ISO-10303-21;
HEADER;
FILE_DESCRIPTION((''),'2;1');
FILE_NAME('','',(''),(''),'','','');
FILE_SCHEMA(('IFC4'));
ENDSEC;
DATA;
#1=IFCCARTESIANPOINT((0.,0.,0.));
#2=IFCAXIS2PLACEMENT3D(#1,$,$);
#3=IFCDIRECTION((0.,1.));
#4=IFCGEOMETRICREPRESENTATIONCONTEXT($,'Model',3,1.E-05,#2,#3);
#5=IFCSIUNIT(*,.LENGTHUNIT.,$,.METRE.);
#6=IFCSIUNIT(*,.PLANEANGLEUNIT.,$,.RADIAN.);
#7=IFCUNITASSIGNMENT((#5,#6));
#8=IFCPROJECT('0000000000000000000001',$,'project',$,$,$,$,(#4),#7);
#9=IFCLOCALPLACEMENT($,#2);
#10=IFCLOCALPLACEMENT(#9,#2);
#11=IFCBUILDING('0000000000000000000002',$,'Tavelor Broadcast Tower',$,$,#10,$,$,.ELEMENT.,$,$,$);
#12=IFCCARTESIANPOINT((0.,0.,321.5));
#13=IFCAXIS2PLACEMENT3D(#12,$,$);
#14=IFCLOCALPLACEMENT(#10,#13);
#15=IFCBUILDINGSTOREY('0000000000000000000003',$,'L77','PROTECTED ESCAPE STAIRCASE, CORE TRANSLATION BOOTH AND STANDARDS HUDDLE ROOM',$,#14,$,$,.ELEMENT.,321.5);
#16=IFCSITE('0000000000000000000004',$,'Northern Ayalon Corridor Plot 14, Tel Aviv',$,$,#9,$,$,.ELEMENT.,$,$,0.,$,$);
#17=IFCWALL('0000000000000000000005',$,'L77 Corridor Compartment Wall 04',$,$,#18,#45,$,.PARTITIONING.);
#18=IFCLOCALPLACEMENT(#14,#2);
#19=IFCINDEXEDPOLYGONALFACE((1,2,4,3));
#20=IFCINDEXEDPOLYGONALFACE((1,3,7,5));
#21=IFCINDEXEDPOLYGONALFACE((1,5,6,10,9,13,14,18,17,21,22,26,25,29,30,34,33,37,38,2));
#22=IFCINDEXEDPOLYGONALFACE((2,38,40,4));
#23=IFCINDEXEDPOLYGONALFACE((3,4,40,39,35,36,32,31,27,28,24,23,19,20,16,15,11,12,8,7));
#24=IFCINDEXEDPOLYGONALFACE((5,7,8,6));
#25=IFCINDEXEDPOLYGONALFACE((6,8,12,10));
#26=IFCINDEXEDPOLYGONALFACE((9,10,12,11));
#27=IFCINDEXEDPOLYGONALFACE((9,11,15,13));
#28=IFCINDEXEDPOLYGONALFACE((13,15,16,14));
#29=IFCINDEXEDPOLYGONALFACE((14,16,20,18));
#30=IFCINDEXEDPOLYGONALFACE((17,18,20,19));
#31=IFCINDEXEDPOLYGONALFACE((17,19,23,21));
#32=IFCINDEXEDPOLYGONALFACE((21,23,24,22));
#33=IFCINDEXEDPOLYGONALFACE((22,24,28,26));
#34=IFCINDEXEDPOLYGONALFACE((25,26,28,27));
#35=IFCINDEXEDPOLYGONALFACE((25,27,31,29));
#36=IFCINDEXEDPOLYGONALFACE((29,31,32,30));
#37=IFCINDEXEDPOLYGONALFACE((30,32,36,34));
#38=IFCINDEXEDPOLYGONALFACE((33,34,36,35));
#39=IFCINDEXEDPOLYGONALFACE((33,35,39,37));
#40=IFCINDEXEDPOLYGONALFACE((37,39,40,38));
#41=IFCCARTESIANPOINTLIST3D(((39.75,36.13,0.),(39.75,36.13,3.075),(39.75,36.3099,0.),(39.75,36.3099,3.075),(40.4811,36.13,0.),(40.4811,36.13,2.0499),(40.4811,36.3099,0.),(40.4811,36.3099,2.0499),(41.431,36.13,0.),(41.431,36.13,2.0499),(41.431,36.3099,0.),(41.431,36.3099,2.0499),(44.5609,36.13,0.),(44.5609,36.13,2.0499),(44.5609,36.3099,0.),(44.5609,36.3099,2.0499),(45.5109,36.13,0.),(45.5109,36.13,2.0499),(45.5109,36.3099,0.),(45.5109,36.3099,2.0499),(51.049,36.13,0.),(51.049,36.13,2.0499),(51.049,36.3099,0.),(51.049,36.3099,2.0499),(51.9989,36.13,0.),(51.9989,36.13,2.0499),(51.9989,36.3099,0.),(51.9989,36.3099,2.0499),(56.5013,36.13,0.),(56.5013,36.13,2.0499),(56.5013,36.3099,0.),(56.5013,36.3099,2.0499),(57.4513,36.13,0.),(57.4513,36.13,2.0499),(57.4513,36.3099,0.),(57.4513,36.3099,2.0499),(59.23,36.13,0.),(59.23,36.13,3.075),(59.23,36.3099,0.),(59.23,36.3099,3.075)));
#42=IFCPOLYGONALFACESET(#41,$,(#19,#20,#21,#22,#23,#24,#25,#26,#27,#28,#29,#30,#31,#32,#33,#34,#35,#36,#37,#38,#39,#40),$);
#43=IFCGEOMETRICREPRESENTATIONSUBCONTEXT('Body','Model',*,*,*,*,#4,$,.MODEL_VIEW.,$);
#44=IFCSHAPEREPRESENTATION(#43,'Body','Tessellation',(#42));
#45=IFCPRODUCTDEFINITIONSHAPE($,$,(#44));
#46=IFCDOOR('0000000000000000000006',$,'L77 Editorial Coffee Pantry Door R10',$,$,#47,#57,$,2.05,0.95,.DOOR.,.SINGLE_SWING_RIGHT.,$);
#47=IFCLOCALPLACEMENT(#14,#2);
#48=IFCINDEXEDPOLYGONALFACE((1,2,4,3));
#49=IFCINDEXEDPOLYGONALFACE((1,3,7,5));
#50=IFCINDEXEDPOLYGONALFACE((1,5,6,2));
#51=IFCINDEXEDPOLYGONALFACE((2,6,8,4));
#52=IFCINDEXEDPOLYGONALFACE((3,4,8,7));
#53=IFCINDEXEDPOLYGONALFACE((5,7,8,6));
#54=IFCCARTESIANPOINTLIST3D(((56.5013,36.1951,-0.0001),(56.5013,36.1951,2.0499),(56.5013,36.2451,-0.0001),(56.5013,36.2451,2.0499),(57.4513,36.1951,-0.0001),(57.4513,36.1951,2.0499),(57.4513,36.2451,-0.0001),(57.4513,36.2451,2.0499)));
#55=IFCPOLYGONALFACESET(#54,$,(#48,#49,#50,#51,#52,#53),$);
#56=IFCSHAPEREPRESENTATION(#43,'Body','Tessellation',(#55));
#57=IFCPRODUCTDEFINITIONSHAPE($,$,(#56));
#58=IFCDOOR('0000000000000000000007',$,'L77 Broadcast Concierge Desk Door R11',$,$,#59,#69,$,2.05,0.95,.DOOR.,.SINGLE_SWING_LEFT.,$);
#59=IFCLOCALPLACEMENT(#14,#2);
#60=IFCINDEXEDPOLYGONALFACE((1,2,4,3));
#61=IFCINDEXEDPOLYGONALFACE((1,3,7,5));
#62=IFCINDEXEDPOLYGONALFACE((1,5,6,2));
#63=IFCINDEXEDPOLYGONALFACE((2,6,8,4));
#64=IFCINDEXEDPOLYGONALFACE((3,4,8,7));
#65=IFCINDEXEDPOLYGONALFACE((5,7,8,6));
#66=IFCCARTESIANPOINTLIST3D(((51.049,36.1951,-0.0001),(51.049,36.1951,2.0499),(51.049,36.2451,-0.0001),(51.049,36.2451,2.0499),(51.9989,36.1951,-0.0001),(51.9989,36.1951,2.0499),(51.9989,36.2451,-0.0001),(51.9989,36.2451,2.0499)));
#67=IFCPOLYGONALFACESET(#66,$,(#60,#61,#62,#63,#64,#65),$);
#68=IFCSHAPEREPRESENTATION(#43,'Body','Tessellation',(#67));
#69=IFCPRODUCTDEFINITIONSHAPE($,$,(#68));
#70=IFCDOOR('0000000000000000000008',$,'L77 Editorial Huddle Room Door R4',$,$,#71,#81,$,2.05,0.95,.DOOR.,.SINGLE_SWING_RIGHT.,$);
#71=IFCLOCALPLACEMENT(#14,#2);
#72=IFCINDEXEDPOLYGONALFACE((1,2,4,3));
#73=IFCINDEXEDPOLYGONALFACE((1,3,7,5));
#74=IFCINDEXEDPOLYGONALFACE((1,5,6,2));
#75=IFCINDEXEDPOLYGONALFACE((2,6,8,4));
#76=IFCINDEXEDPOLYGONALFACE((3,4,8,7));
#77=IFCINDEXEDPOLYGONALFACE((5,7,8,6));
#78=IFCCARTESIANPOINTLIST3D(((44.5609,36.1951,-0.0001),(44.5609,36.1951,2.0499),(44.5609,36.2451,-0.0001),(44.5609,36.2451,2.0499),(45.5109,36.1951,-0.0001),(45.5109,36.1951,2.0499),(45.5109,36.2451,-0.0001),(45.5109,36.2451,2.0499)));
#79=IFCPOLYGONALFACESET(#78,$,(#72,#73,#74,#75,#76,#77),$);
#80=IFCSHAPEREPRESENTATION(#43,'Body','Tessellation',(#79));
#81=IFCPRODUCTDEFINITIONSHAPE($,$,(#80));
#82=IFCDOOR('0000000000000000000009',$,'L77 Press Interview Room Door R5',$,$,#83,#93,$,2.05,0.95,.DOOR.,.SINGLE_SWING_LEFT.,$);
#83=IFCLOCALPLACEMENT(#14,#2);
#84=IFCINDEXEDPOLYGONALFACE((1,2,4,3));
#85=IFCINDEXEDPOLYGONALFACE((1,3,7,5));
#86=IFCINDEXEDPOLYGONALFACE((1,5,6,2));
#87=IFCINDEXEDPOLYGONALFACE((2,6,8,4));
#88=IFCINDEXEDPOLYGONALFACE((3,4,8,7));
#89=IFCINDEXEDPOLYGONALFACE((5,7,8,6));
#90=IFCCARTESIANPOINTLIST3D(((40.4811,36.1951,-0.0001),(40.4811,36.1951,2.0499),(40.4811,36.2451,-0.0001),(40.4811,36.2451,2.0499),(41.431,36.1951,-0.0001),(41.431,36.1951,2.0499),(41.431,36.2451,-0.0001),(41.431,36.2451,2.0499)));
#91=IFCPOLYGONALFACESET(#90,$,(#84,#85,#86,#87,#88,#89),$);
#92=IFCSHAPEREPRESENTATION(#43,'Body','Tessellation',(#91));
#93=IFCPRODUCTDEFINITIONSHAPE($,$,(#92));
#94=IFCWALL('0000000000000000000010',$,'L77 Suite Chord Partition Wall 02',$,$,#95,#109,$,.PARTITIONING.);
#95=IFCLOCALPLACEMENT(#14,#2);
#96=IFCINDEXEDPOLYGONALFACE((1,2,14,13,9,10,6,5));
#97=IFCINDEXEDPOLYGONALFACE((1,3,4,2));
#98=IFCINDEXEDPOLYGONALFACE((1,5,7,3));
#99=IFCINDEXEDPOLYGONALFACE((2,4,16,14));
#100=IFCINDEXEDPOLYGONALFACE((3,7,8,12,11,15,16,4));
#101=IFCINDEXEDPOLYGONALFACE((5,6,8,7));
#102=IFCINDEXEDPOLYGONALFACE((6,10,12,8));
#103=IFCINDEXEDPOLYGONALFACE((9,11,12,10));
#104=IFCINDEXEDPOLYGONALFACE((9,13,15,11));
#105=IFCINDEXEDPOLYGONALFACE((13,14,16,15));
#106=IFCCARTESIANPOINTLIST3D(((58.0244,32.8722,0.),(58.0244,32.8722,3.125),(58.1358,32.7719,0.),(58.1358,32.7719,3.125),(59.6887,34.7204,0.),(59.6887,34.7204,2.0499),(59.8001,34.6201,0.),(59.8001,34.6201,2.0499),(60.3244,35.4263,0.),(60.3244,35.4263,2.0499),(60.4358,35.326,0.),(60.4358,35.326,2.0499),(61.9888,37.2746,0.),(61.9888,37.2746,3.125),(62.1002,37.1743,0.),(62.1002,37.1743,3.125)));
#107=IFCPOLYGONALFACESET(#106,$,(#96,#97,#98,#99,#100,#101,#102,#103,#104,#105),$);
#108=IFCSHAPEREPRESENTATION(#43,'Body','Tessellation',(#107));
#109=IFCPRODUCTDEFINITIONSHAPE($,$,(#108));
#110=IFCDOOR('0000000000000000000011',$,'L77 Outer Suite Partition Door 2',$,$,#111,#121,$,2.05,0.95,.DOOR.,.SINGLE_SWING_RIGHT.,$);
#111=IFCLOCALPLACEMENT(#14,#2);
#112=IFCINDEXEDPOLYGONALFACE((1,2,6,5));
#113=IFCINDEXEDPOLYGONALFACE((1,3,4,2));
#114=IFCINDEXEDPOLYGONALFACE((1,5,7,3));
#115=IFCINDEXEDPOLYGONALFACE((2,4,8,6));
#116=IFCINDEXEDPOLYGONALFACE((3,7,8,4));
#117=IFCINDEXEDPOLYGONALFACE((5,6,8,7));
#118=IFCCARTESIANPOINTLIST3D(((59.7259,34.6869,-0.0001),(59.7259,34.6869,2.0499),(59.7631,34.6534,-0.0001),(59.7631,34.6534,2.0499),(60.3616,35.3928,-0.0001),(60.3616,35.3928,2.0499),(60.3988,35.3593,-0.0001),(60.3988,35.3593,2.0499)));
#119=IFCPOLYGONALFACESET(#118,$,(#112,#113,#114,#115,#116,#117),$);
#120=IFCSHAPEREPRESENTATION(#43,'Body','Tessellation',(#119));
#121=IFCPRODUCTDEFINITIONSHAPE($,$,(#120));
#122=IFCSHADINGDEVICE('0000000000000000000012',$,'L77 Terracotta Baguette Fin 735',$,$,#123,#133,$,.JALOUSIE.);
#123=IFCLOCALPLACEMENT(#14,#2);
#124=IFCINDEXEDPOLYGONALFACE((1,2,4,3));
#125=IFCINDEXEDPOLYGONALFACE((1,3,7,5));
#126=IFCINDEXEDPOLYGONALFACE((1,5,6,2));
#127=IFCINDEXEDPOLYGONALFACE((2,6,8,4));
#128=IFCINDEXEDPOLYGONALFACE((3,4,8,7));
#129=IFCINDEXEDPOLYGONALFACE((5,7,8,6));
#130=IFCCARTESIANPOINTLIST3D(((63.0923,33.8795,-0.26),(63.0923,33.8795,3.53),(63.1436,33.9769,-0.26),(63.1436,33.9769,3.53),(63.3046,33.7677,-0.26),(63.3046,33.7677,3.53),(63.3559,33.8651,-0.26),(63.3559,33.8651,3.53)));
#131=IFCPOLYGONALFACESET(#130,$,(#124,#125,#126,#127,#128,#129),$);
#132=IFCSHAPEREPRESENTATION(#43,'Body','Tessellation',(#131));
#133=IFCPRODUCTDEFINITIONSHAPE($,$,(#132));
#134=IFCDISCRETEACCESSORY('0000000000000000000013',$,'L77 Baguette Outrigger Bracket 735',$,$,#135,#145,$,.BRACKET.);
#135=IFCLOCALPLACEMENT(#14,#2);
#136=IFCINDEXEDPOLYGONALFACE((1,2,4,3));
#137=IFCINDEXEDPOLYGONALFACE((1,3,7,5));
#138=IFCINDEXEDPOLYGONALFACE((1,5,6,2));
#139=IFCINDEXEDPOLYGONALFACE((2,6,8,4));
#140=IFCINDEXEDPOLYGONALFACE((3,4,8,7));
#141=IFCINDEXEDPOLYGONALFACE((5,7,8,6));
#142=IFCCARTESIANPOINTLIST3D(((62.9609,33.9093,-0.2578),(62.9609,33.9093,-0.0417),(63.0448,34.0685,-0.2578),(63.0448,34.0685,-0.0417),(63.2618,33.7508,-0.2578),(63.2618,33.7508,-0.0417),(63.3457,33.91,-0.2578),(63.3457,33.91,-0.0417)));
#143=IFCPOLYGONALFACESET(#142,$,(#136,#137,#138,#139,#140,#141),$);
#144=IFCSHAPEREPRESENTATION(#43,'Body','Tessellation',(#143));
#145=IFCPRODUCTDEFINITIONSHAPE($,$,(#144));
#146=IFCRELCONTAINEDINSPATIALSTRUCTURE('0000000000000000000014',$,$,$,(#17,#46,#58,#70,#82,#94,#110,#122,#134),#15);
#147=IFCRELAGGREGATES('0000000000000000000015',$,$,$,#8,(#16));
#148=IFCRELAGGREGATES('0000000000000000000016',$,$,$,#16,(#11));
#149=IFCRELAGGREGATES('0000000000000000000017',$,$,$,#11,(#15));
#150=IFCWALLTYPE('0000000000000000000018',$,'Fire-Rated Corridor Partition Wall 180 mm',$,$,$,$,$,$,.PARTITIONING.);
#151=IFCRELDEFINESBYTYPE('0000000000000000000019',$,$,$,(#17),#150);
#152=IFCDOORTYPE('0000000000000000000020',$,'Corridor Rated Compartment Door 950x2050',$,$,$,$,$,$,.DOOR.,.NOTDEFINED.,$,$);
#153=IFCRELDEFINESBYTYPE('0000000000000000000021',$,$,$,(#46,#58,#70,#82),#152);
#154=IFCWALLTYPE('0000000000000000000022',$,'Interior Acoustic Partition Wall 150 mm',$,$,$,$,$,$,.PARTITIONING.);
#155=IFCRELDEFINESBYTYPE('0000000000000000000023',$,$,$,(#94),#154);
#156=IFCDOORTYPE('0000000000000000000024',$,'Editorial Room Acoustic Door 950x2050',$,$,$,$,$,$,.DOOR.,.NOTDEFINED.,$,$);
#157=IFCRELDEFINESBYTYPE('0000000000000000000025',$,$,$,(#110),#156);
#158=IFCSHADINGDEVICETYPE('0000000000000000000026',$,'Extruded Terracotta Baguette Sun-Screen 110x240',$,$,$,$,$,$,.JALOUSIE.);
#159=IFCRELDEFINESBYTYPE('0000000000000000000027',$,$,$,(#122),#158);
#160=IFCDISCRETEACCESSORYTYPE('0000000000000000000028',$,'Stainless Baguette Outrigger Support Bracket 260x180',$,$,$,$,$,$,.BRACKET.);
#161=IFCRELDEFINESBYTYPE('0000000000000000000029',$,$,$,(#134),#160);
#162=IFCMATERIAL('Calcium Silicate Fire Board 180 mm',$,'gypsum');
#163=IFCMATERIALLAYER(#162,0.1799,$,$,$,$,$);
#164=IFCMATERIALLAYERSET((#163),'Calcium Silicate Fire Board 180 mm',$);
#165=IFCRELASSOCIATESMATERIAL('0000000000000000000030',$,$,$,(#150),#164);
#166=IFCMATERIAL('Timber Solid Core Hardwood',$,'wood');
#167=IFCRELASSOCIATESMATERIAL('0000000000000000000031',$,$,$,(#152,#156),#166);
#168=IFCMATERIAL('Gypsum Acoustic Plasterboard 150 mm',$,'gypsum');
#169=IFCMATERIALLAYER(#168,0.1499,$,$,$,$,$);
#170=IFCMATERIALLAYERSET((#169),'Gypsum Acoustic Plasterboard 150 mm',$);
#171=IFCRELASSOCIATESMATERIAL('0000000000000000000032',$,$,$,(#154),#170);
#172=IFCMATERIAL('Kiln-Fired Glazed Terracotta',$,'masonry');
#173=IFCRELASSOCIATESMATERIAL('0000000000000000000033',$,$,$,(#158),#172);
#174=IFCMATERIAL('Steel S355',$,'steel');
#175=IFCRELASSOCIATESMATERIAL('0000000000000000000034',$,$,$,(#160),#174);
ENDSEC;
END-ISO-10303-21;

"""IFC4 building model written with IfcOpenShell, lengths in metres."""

from ifc_helpers import new_model, si_unit, direction, frame, frame_2d, origin, origin_2d, place, context, subcontext, project, spatial, rectangle, extrude, source, transform, mapped, material, layer, layer_set, type_object, type_shapes, element, fill, save


model = new_model("IFC4")

# Units and contexts
model_context = context("Model", 3, precision=1e-05, world=origin(), true_north=direction((0.0, 1.0)))
body_context = subcontext(model_context, "Body", "Model", "MODEL_VIEW")
ifc_project = project(units=[si_unit("LENGTHUNIT", "METRE"), si_unit("PLANEANGLEUNIT", "RADIAN")], contexts=[model_context])

# Site, building, storey
site_placement = place(None, origin())
site = spatial("IfcSite", under=ifc_project, at=site_placement, Name="Northern Ayalon Corridor Plot 14, Tel Aviv", CompositionType="ELEMENT", RefElevation=0.0)
building_placement = place(site_placement, origin())
building = spatial("IfcBuilding", under=site, at=building_placement, Name="Tavelor Broadcast Tower", CompositionType="ELEMENT")
storey_placement = place(building_placement, frame((0.0, 0.0, 321.5)))
storey = spatial("IfcBuildingStorey", under=building, at=storey_placement, Name="L77", Description="PROTECTED ESCAPE STAIRCASE, CORE TRANSLATION BOOTH AND STANDARDS HUDDLE ROOM", CompositionType="ELEMENT", Elevation=321.5)

# Shared definitions
ifc_material_1 = material(Name="Steel S355", Category="steel")

# Wall, openings, doors
ifc_material_2 = material(Name="Calcium Silicate Fire Board 180 mm", Category="gypsum")
ifc_layer_1 = layer(ifc_material_2, 0.1799)
ifc_layer_set_1 = layer_set([ifc_layer_1], Name="Calcium Silicate Fire Board 180 mm")
wall_type_1 = type_object("IfcWallType", Name="Fire-Rated Corridor Partition Wall 180 mm", PredefinedType="PARTITIONING", material=ifc_layer_set_1)
wall_1_placement = place(storey_placement, frame((59.23, 36.22, 0.0), z_axis=(0.0, 0.0, 1.0), x_axis=(-1.0, 0.0, 0.0)))
wall_1 = element("IfcWall", 1, at=wall_1_placement, inside=storey, type_object=wall_type_1, Name="L77 Corridor Compartment Wall 04", PredefinedType="PARTITIONING", context=body_context, shape_type="SweptSolid", body=[
    extrude(rectangle(XDim=19.48, YDim=0.1799, at=frame_2d((9.74, 0.0))), origin(), (0.0, 0.0, 1.0), 3.075),
])
opening_1_placement = place(wall_1_placement, frame((1.7786, 0.0, 0.0)))
opening_1 = element("IfcOpeningElement", 2, at=opening_1_placement, cuts=wall_1, PredefinedType="OPENING", context=body_context, shape_type="SweptSolid", body=[
    extrude(rectangle(XDim=0.95, YDim=2.05, at=frame_2d((0.4751, 1.0249))), frame((0.0, 0.1001, 0.0), z_axis=(0.0, -1.0, 0.0), x_axis=(1.0, 0.0, 0.0)), (0.0, 0.0, 1.0), 0.2),
])
opening_2_placement = place(wall_1_placement, frame((7.231, 0.0, 0.0)))
opening_2 = element("IfcOpeningElement", 3, at=opening_2_placement, cuts=wall_1, PredefinedType="OPENING", context=body_context, shape_type="SweptSolid", body=[
    extrude(rectangle(XDim=0.95, YDim=2.05, at=frame_2d((0.4751, 1.0249))), frame((0.0, 0.1001, 0.0), z_axis=(0.0, -1.0, 0.0), x_axis=(1.0, 0.0, 0.0)), (0.0, 0.0, 1.0), 0.2),
])
opening_3_placement = place(wall_1_placement, frame((13.719, 0.0, 0.0)))
opening_3 = element("IfcOpeningElement", 4, at=opening_3_placement, cuts=wall_1, PredefinedType="OPENING", context=body_context, shape_type="SweptSolid", body=[
    extrude(rectangle(XDim=0.95, YDim=2.05, at=frame_2d((0.4751, 1.0249))), frame((0.0, 0.1001, 0.0), z_axis=(0.0, -1.0, 0.0), x_axis=(1.0, 0.0, 0.0)), (0.0, 0.0, 1.0), 0.2),
])
opening_4_placement = place(wall_1_placement, frame((17.7988, 0.0, 0.0)))
opening_4 = element("IfcOpeningElement", 5, at=opening_4_placement, cuts=wall_1, PredefinedType="OPENING", context=body_context, shape_type="SweptSolid", body=[
    extrude(rectangle(XDim=0.95, YDim=2.05, at=frame_2d((0.4751, 1.0249))), frame((0.0, 0.1001, 0.0), z_axis=(0.0, -1.0, 0.0), x_axis=(1.0, 0.0, 0.0)), (0.0, 0.0, 1.0), 0.2),
])
ifc_material_3 = material(Name="Timber Solid Core Hardwood", Category="wood")
door_type_1 = type_object("IfcDoorType", Name="Corridor Rated Compartment Door 950x2050", OperationType="NOTDEFINED", PredefinedType="DOOR", material=ifc_material_3)
door_1_placement = place(opening_1_placement, origin())
door_1 = element("IfcDoor", 6, at=door_1_placement, inside=storey, type_object=door_type_1, Name="L77 Editorial Coffee Pantry Door R10", OperationType="SINGLE_SWING_RIGHT", OverallHeight=2.05, OverallWidth=0.95, PredefinedType="DOOR", context=body_context, shape_type="SweptSolid", body=[
    extrude(rectangle(XDim=0.95, YDim=2.05, at=frame_2d((0.4751, 1.0249))), frame((0.0, 0.0249, 0.0), z_axis=(0.0, -1.0, 0.0), x_axis=(1.0, 0.0, 0.0)), (0.0, 0.0, 1.0), 0.05),
])
fill(opening_1, door_1)
door_2_placement = place(opening_2_placement, origin())
door_2 = element("IfcDoor", 7, at=door_2_placement, inside=storey, type_object=door_type_1, Name="L77 Broadcast Concierge Desk Door R11", OperationType="SINGLE_SWING_LEFT", OverallHeight=2.05, OverallWidth=0.95, PredefinedType="DOOR", context=body_context, shape_type="SweptSolid", body=[
    extrude(rectangle(XDim=0.95, YDim=2.05, at=frame_2d((0.4751, 1.0249))), frame((0.0, 0.0249, 0.0), z_axis=(0.0, -1.0, 0.0), x_axis=(1.0, 0.0, 0.0)), (0.0, 0.0, 1.0), 0.05),
])
fill(opening_2, door_2)
door_3_placement = place(opening_3_placement, origin())
door_3 = element("IfcDoor", 8, at=door_3_placement, inside=storey, type_object=door_type_1, Name="L77 Editorial Huddle Room Door R4", OperationType="SINGLE_SWING_RIGHT", OverallHeight=2.05, OverallWidth=0.95, PredefinedType="DOOR", context=body_context, shape_type="SweptSolid", body=[
    extrude(rectangle(XDim=0.95, YDim=2.05, at=frame_2d((0.4751, 1.0249))), frame((0.0, 0.0249, 0.0), z_axis=(0.0, -1.0, 0.0), x_axis=(1.0, 0.0, 0.0)), (0.0, 0.0, 1.0), 0.05),
])
fill(opening_3, door_3)
door_4_placement = place(opening_4_placement, origin())
door_4 = element("IfcDoor", 9, at=door_4_placement, inside=storey, type_object=door_type_1, Name="L77 Press Interview Room Door R5", OperationType="SINGLE_SWING_LEFT", OverallHeight=2.05, OverallWidth=0.95, PredefinedType="DOOR", context=body_context, shape_type="SweptSolid", body=[
    extrude(rectangle(XDim=0.95, YDim=2.05, at=frame_2d((0.4751, 1.0249))), frame((0.0, 0.0249, 0.0), z_axis=(0.0, -1.0, 0.0), x_axis=(1.0, 0.0, 0.0)), (0.0, 0.0, 1.0), 0.05),
])
fill(opening_4, door_4)

# Wall, opening, door
ifc_material_4 = material(Name="Gypsum Acoustic Plasterboard 150 mm", Category="gypsum")
ifc_layer_2 = layer(ifc_material_4, 0.1499)
ifc_layer_set_2 = layer_set([ifc_layer_2], Name="Gypsum Acoustic Plasterboard 150 mm")
wall_type_2 = type_object("IfcWallType", Name="Interior Acoustic Partition Wall 150 mm", PredefinedType="PARTITIONING", material=ifc_layer_set_2)
wall_2_placement = place(storey_placement, frame((58.0801, 32.822, 0.0), z_axis=(0.0, 0.0, 1.0), x_axis=(0.669174, 0.743106, 0.0)))
wall_2 = element("IfcWall", 10, at=wall_2_placement, inside=storey, type_object=wall_type_2, Name="L77 Suite Chord Partition Wall 02", PredefinedType="PARTITIONING", context=body_context, shape_type="SweptSolid", body=[
    extrude(rectangle(XDim=5.9243, YDim=0.1499, at=frame_2d((2.9622, 0.0))), origin(), (0.0, 0.0, 1.0), 3.125),
])
opening_5_placement = place(wall_2_placement, frame((2.4871, 0.0, 0.0)))
opening_5 = element("IfcOpeningElement", 11, at=opening_5_placement, cuts=wall_2, PredefinedType="OPENING", context=body_context, shape_type="SweptSolid", body=[
    extrude(rectangle(XDim=0.95, YDim=2.05, at=frame_2d((0.4751, 1.0249))), frame((0.0, 0.085, 0.0), z_axis=(0.0, -1.0, 0.0), x_axis=(1.0, 0.0, 0.0)), (0.0, 0.0, 1.0), 0.1699),
])
door_type_2 = type_object("IfcDoorType", Name="Editorial Room Acoustic Door 950x2050", OperationType="NOTDEFINED", PredefinedType="DOOR", material=ifc_material_3)
door_5_placement = place(opening_5_placement, origin())
door_5 = element("IfcDoor", 12, at=door_5_placement, inside=storey, type_object=door_type_2, Name="L77 Outer Suite Partition Door 2", OperationType="SINGLE_SWING_RIGHT", OverallHeight=2.05, OverallWidth=0.95, PredefinedType="DOOR", context=body_context, shape_type="SweptSolid", body=[
    extrude(rectangle(XDim=0.95, YDim=2.05, at=frame_2d((0.4751, 1.0249))), frame((0.0, 0.0249, 0.0), z_axis=(0.0, -1.0, 0.0), x_axis=(1.0, 0.0, 0.0)), (0.0, 0.0, 1.0), 0.05),
])
fill(opening_5, door_5)

# Shading device
ifc_material_5 = material(Name="Kiln-Fired Glazed Terracotta", Category="masonry")
shading_device_type = type_object("IfcShadingDeviceType", Name="Extruded Terracotta Baguette Sun-Screen 110x240", PredefinedType="JALOUSIE", material=ifc_material_5)
shared_shape_1 = source(origin(), body_context, "Body", "SweptSolid", [
    extrude(rectangle(XDim=0.1101, YDim=0.24, at=origin_2d()), origin(), (0.0, 0.0, 1.0), 3.79),
])
type_shapes(shading_device_type, [shared_shape_1])
shading_device_placement = place(storey_placement, frame((63.2241, 33.8723, -0.26), z_axis=(0.0, 0.0, 1.0), x_axis=(0.466078, 0.884744, 0.0)))
element("IfcShadingDevice", 13, at=shading_device_placement, inside=storey, type_object=shading_device_type, Name="L77 Terracotta Baguette Fin 735", PredefinedType="JALOUSIE", context=body_context, shape_type="MappedRepresentation", body=[
    mapped(shared_shape_1, transform((0.0, 0.0, 0.0), scale=1.0)),
])

# Discrete accessory
discrete_accessory_type = type_object("IfcDiscreteAccessoryType", Name="Stainless Baguette Outrigger Support Bracket 260x180", PredefinedType="BRACKET", material=ifc_material_1)
shared_shape_2 = source(origin(), body_context, "Body", "SweptSolid", [
    extrude(rectangle(XDim=0.1799, YDim=0.3401, at=origin_2d()), origin(), (0.0, 0.0, 1.0), 0.2161),
])
type_shapes(discrete_accessory_type, [shared_shape_2])
discrete_accessory_placement = place(storey_placement, frame((63.1533, 33.9097, -0.2578), z_axis=(0.0, 0.0, 1.0), x_axis=(0.466078, 0.884744, 0.0)))
element("IfcDiscreteAccessory", 14, at=discrete_accessory_placement, inside=storey, type_object=discrete_accessory_type, Name="L77 Baguette Outrigger Bracket 735", PredefinedType="BRACKET", context=body_context, shape_type="MappedRepresentation", body=[
    mapped(shared_shape_2, transform((0.0, 0.0, 0.0), scale=1.0)),
])

save(model, "model.ifc")
